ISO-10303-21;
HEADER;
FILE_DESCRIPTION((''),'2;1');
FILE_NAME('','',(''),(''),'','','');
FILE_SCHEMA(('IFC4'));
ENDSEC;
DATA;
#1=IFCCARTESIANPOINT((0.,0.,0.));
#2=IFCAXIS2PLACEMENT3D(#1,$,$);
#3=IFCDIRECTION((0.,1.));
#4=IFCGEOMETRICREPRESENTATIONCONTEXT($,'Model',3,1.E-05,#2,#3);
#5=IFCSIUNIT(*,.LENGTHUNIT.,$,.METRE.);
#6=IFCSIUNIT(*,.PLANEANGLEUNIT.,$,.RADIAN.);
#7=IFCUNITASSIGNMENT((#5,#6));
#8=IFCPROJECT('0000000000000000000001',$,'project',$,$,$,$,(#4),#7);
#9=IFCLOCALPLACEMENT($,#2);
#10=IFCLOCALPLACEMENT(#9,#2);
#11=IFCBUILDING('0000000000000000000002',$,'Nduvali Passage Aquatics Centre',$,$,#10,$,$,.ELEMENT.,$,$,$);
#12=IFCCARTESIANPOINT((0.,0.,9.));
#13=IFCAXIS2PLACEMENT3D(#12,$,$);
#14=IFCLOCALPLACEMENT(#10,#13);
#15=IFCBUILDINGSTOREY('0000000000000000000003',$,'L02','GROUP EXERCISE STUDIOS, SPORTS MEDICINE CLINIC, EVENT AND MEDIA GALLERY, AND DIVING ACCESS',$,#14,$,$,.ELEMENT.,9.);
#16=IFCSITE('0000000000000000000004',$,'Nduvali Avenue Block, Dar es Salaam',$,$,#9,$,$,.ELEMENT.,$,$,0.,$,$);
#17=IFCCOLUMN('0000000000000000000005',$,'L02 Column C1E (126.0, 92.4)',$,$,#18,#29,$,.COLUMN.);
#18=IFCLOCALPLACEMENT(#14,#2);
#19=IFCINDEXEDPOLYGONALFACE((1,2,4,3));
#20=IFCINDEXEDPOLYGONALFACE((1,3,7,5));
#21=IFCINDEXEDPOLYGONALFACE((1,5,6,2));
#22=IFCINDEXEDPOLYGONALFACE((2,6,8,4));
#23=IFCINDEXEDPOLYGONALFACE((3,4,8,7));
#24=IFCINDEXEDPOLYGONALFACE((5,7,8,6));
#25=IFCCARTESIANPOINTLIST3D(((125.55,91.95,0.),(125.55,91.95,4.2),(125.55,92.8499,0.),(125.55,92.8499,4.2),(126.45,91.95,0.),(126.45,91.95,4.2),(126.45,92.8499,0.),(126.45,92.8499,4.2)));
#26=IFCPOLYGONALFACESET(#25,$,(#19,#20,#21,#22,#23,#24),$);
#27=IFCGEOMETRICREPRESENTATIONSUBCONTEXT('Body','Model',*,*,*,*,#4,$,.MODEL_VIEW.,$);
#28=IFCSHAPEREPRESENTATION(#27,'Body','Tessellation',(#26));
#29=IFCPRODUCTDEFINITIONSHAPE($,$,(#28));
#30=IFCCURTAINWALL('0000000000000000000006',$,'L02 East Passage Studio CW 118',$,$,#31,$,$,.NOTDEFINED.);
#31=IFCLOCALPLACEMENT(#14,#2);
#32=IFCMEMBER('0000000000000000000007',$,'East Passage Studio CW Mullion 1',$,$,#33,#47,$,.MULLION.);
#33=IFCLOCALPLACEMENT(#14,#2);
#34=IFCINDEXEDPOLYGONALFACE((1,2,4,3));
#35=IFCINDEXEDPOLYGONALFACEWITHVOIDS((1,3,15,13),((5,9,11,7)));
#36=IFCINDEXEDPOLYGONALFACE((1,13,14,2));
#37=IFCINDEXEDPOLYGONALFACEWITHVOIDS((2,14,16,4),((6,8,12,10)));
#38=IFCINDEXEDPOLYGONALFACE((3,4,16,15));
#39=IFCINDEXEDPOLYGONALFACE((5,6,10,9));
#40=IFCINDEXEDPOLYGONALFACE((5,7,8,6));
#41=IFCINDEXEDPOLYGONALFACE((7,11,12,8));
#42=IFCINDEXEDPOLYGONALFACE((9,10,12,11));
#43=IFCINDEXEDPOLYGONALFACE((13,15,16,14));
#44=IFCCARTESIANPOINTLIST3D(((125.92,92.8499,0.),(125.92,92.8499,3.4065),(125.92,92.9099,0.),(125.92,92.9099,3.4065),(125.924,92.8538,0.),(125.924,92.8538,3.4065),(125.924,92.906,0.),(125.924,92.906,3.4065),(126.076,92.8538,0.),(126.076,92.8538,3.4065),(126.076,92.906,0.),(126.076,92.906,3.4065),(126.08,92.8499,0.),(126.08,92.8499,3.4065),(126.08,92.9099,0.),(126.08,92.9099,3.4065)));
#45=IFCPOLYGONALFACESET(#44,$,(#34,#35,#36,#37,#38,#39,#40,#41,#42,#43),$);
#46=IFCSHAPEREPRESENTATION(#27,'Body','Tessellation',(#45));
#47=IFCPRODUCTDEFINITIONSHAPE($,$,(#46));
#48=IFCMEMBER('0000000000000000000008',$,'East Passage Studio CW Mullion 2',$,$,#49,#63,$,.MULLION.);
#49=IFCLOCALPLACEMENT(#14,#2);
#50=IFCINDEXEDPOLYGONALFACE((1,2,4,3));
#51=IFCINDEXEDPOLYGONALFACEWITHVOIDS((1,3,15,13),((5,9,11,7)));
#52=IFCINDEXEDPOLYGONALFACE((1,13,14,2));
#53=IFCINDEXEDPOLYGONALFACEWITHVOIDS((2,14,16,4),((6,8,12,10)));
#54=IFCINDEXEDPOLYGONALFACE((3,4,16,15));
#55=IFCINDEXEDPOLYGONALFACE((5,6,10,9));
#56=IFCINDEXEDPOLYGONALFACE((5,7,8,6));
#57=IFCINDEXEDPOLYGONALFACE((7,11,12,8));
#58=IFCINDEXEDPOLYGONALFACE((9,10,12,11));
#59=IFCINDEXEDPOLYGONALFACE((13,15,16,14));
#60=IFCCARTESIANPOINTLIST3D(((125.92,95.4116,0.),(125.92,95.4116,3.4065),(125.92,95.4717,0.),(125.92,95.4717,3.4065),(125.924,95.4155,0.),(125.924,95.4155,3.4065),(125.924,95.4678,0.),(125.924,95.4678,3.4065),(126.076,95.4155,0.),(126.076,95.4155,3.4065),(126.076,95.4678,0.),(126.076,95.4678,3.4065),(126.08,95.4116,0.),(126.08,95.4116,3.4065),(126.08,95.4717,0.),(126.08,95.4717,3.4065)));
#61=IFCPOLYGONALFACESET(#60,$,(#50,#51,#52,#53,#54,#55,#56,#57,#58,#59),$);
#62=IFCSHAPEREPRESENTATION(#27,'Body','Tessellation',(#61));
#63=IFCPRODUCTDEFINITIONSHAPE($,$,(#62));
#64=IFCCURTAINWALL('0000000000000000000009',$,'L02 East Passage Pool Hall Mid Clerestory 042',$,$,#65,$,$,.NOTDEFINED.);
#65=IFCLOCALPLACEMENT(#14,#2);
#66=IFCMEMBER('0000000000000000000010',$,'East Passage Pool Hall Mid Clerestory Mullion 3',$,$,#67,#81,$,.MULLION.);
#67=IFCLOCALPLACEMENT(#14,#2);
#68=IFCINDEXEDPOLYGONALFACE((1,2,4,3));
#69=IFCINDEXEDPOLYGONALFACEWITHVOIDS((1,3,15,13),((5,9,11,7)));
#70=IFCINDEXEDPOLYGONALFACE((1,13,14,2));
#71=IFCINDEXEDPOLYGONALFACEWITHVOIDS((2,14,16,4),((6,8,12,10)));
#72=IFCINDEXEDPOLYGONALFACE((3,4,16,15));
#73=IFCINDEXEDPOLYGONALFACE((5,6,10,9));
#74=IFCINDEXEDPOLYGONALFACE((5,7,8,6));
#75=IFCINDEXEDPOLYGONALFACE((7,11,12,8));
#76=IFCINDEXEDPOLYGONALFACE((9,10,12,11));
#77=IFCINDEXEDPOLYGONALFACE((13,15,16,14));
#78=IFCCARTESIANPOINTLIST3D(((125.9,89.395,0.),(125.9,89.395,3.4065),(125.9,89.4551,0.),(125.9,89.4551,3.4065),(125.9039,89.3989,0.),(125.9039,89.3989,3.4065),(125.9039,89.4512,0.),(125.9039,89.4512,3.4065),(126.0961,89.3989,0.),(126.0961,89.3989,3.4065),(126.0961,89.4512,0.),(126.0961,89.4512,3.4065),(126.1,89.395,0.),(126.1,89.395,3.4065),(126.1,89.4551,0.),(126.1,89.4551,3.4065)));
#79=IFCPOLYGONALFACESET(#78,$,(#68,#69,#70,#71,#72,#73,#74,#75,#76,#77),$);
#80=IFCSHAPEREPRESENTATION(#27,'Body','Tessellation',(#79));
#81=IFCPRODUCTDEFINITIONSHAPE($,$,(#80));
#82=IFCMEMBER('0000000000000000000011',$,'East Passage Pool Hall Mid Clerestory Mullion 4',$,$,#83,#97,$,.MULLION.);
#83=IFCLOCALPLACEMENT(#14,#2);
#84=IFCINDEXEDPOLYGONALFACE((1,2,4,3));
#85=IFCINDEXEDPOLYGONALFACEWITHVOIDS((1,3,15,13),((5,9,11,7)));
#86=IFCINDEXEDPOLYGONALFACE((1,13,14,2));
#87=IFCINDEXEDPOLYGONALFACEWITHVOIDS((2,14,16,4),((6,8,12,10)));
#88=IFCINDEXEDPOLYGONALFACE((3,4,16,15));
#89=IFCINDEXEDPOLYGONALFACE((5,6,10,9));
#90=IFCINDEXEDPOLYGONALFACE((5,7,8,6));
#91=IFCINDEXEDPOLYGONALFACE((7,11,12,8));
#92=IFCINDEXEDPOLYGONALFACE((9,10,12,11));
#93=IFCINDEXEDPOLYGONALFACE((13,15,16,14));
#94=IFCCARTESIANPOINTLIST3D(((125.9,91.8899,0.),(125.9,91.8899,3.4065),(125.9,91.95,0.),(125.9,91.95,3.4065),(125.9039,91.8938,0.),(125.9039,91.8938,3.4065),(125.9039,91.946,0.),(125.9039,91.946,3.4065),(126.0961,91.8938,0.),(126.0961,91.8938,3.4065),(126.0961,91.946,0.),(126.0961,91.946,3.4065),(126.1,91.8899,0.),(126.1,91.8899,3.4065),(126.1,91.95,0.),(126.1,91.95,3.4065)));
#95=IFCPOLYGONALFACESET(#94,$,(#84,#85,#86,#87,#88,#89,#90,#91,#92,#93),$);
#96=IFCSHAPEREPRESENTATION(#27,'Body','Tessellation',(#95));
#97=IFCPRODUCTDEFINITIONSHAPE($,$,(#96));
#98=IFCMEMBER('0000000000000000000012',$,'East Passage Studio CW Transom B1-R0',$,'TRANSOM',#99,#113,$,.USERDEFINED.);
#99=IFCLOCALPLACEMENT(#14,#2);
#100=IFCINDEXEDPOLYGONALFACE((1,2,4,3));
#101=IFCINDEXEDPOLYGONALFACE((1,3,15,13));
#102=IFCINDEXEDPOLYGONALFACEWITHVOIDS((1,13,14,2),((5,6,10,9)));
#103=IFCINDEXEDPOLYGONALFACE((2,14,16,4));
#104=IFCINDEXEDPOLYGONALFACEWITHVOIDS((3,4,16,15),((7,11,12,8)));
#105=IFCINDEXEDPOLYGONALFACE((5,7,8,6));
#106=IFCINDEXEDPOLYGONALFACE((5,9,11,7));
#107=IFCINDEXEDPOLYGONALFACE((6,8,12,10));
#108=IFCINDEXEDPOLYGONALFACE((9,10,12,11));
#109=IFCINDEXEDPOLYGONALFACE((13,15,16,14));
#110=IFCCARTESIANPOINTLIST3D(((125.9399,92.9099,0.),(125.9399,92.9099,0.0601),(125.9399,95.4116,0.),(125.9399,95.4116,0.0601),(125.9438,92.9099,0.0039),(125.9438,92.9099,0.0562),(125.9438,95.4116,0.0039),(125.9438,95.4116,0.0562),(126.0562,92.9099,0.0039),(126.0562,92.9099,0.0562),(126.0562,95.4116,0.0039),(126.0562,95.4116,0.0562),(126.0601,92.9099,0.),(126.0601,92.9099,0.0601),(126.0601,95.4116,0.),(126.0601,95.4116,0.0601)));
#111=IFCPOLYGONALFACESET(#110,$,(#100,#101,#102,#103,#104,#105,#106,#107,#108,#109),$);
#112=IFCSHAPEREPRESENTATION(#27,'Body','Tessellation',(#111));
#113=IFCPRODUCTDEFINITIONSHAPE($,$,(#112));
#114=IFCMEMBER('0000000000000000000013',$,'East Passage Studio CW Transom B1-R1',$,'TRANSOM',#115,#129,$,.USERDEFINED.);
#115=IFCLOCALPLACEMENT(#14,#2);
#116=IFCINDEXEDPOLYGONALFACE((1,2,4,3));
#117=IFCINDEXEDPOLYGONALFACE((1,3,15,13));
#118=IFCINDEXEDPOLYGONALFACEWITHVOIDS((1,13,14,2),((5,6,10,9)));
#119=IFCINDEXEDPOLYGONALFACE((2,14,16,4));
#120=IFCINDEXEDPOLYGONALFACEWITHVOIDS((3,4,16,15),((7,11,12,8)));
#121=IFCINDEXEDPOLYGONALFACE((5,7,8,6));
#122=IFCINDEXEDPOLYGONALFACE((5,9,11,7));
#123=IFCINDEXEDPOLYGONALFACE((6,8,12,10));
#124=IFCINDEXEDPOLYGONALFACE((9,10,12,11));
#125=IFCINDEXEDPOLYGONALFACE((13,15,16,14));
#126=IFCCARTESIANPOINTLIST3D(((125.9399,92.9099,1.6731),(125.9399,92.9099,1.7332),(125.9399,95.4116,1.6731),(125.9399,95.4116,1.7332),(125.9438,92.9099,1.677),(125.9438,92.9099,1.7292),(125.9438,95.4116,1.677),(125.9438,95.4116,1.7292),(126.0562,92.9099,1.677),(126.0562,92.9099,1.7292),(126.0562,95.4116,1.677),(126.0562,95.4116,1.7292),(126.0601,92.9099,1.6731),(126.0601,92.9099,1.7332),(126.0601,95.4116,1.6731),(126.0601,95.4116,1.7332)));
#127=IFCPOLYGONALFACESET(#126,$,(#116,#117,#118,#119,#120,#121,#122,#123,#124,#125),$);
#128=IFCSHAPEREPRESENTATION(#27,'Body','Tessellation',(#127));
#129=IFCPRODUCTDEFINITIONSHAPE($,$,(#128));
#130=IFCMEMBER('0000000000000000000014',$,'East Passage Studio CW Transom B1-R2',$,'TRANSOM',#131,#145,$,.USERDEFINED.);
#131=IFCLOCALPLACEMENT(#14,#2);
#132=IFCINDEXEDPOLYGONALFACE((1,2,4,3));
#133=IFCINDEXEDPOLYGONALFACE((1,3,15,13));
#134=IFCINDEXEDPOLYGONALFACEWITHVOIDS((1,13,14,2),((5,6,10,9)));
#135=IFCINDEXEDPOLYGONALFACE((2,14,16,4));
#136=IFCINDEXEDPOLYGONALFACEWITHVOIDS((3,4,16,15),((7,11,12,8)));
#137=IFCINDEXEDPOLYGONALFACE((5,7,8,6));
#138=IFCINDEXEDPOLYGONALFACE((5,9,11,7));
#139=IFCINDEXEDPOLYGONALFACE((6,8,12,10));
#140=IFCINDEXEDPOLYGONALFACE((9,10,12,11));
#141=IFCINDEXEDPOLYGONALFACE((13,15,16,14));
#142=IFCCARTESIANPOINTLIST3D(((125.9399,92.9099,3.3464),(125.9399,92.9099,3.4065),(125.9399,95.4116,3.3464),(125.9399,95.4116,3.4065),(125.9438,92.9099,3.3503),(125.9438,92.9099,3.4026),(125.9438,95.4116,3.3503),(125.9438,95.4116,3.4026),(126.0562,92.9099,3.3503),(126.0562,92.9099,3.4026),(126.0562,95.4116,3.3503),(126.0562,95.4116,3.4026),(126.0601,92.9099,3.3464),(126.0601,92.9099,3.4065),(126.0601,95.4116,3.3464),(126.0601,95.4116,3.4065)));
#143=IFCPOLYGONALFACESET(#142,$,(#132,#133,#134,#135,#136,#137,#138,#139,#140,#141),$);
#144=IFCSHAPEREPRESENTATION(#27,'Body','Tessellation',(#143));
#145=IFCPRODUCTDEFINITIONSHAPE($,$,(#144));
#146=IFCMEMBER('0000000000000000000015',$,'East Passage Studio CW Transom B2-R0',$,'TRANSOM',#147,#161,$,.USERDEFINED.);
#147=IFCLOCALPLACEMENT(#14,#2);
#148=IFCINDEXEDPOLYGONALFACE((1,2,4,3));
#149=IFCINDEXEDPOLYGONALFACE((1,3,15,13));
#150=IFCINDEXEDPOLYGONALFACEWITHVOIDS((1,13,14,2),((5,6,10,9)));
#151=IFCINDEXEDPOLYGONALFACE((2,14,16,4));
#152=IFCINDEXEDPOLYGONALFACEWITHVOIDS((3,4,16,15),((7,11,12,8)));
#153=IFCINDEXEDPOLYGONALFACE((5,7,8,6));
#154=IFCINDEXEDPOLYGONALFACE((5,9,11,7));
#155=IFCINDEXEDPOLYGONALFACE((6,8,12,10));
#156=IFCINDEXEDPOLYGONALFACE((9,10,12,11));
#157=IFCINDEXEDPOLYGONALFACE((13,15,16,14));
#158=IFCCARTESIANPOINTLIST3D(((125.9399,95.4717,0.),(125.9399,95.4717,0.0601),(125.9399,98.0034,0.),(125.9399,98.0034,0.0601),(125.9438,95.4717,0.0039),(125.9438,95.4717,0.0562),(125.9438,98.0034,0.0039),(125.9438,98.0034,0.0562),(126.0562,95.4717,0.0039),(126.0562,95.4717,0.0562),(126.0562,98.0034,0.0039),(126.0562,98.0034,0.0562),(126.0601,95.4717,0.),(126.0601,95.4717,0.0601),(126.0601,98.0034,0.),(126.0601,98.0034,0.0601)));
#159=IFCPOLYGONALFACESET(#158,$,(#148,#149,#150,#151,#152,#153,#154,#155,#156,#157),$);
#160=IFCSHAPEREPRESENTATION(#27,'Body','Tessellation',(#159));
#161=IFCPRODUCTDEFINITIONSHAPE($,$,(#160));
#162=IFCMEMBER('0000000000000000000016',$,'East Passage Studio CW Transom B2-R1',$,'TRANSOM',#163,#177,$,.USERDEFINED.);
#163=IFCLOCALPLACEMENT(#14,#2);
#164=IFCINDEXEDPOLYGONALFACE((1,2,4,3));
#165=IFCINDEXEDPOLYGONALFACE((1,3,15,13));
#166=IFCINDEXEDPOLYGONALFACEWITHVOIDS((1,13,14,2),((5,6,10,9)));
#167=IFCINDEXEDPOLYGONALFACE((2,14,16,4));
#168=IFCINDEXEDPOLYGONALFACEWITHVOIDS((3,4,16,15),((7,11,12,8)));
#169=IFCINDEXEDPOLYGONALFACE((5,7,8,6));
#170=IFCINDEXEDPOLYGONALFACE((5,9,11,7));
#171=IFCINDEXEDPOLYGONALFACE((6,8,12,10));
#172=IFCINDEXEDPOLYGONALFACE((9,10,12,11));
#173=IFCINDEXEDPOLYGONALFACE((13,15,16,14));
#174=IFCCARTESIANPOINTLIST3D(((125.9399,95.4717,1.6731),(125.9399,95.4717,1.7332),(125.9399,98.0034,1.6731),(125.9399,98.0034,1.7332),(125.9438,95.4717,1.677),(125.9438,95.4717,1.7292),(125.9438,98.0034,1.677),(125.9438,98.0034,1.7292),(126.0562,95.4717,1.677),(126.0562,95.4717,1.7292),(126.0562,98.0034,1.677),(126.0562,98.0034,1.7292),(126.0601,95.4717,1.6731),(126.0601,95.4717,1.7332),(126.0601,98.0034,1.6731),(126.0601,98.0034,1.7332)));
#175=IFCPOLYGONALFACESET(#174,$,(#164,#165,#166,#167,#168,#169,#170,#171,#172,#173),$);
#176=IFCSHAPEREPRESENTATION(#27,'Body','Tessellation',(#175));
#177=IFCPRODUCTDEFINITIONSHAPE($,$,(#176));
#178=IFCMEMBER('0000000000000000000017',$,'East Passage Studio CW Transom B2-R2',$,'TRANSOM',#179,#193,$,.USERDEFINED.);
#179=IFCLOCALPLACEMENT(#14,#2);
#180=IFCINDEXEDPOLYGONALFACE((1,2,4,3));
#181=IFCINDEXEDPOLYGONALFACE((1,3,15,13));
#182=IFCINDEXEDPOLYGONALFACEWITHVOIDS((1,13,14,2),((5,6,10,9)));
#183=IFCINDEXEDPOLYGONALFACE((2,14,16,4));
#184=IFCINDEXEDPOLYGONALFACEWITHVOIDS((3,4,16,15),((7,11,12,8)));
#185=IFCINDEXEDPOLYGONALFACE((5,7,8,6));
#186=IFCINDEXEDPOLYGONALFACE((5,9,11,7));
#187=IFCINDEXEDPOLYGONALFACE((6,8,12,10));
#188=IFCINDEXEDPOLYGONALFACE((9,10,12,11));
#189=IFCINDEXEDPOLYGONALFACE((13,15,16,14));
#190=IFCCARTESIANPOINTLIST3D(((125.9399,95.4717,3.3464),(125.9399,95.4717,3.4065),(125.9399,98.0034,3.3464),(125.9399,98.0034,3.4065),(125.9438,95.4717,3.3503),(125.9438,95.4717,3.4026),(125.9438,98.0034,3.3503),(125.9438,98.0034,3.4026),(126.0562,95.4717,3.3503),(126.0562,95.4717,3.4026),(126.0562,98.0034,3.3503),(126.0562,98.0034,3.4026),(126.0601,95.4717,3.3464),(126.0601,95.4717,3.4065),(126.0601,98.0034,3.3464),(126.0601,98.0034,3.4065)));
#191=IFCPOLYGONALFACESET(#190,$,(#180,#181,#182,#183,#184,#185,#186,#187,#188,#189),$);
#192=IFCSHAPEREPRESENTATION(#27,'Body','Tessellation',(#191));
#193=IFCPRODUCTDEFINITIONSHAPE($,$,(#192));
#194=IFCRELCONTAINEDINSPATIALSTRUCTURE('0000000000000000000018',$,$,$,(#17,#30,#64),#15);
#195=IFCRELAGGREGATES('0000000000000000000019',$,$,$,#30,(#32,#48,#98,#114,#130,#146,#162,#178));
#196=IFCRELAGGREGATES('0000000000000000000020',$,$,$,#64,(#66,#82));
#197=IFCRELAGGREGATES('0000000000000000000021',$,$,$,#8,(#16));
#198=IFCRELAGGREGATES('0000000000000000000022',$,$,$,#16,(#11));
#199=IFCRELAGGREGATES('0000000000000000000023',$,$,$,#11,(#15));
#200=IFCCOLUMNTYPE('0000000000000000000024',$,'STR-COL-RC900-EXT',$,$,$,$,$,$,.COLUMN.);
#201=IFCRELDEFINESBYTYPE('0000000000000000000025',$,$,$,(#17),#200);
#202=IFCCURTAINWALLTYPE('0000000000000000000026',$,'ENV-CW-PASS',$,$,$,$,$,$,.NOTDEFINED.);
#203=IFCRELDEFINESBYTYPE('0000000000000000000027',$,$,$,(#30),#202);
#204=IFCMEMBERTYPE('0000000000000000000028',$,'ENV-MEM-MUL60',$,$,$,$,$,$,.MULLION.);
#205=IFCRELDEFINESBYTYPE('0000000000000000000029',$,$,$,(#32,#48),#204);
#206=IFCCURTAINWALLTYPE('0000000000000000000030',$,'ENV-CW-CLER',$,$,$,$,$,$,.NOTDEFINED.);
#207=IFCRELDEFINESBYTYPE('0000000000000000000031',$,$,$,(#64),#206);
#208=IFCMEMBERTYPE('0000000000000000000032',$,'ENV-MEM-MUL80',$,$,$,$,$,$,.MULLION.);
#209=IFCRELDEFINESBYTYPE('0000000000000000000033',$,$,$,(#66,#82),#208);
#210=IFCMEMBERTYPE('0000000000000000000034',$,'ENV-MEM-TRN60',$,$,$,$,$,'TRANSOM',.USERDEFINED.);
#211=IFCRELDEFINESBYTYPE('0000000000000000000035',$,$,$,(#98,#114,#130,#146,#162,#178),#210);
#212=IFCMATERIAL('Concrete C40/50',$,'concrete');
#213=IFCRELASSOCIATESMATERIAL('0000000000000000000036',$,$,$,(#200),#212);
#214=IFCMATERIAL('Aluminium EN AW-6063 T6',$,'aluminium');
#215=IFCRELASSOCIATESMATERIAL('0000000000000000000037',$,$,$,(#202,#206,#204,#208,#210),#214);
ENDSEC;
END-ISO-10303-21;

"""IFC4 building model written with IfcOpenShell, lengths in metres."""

from ifc_helpers import new_model, si_unit, direction, frame, origin, origin_2d, place, context, subcontext, project, spatial, rectangle, hollow_rectangle, extrude, material, material_profile, profile_set, type_object, element, aggregate, save


model = new_model("IFC4")

# Units and contexts
model_context = context("Model", 3, precision=1e-05, world=origin(), true_north=direction((0.0, 1.0)))
body_context = subcontext(model_context, "Body", "Model", "MODEL_VIEW")
ifc_project = project(units=[si_unit("LENGTHUNIT", "METRE"), si_unit("PLANEANGLEUNIT", "RADIAN")], contexts=[model_context])

# Site, building, storey
site_placement = place(None, origin())
site = spatial("IfcSite", under=ifc_project, at=site_placement, Name="Nduvali Avenue Block, Dar es Salaam", CompositionType="ELEMENT", RefElevation=0.0)
building_placement = place(site_placement, origin())
building = spatial("IfcBuilding", under=site, at=building_placement, Name="Nduvali Passage Aquatics Centre", CompositionType="ELEMENT")
storey_placement = place(building_placement, frame((0.0, 0.0, 9.0)))
storey = spatial("IfcBuildingStorey", under=building, at=storey_placement, Name="L02", Description="GROUP EXERCISE STUDIOS, SPORTS MEDICINE CLINIC, EVENT AND MEDIA GALLERY, AND DIVING ACCESS", CompositionType="ELEMENT", Elevation=9.0)

# Column
ifc_material_1 = material(Name="Concrete C40/50", Category="concrete")
ifc_material_profile_1 = material_profile(ifc_material_1, rectangle(XDim=0.8999, YDim=0.8999, at=origin_2d()), Name="RC 900x900")
ifc_profile_set_1 = profile_set([ifc_material_profile_1], Name="Concrete C40/50")
column_type = type_object("IfcColumnType", Name="STR-COL-RC900-EXT", PredefinedType="COLUMN", material=ifc_profile_set_1)
column_placement = place(storey_placement, frame((126.0, 92.3999, 0.0), z_axis=(0.0, 0.0, 1.0), x_axis=(1.0, 0.0, 0.0)))
element("IfcColumn", 1, at=column_placement, inside=storey, type_object=column_type, Name="L02 Column C1E (126.0, 92.4)", PredefinedType="COLUMN", context=body_context, shape_type="SweptSolid", body=[
    extrude(rectangle(XDim=0.8999, YDim=0.8999, at=origin_2d()), origin(), (0.0, 0.0, 1.0), 4.2),
])

# Curtain walls, members
ifc_material_2 = material(Name="Aluminium EN AW-6063 T6", Category="aluminium")
curtain_wall_type_1 = type_object("IfcCurtainWallType", Name="ENV-CW-PASS", PredefinedType="NOTDEFINED", material=ifc_material_2)
curtain_wall_1_placement = place(storey_placement, origin())
curtain_wall_1 = element("IfcCurtainWall", 2, at=curtain_wall_1_placement, inside=storey, type_object=curtain_wall_type_1, Name="L02 East Passage Studio CW 118", PredefinedType="NOTDEFINED")
ifc_material_profile_2 = material_profile(ifc_material_2, hollow_rectangle(XDim=0.0601, YDim=0.1599, WallThickness=0.0039, at=origin_2d()), Name="ALU MULLION 60x160x4")
ifc_profile_set_2 = profile_set([ifc_material_profile_2], Name="Aluminium EN AW-6063 T6")
member_type_1 = type_object("IfcMemberType", Name="ENV-MEM-MUL60", PredefinedType="MULLION", material=ifc_profile_set_2)
member_1_placement = place(storey_placement, frame((126.0, 92.8799, 0.0), z_axis=(0.0, 0.0, 1.0), x_axis=(0.0, 1.0, 0.0)))
member_1 = element("IfcMember", 3, at=member_1_placement, type_object=member_type_1, Name="East Passage Studio CW Mullion 1", PredefinedType="MULLION", context=body_context, shape_type="SweptSolid", body=[
    extrude(hollow_rectangle(XDim=0.0601, YDim=0.1599, WallThickness=0.0039, at=origin_2d()), origin(), (0.0, 0.0, 1.0), 3.4065),
])
member_2_placement = place(storey_placement, frame((126.0, 95.4417, 0.0), z_axis=(0.0, 0.0, 1.0), x_axis=(0.0, 1.0, 0.0)))
member_2 = element("IfcMember", 4, at=member_2_placement, type_object=member_type_1, Name="East Passage Studio CW Mullion 2", PredefinedType="MULLION", context=body_context, shape_type="SweptSolid", body=[
    extrude(hollow_rectangle(XDim=0.0601, YDim=0.1599, WallThickness=0.0039, at=origin_2d()), origin(), (0.0, 0.0, 1.0), 3.4065),
])
curtain_wall_type_2 = type_object("IfcCurtainWallType", Name="ENV-CW-CLER", PredefinedType="NOTDEFINED", material=ifc_material_2)
curtain_wall_2_placement = place(storey_placement, origin())
curtain_wall_2 = element("IfcCurtainWall", 5, at=curtain_wall_2_placement, inside=storey, type_object=curtain_wall_type_2, Name="L02 East Passage Pool Hall Mid Clerestory 042", PredefinedType="NOTDEFINED")
ifc_material_profile_3 = material_profile(ifc_material_2, hollow_rectangle(XDim=0.0601, YDim=0.2, WallThickness=0.0039, at=origin_2d()), Name="ALU MULLION 60x200x4")
ifc_profile_set_3 = profile_set([ifc_material_profile_3], Name="Aluminium EN AW-6063 T6")
member_type_2 = type_object("IfcMemberType", Name="ENV-MEM-MUL80", PredefinedType="MULLION", material=ifc_profile_set_3)
member_3_placement = place(storey_placement, frame((126.0, 89.425, 0.0), z_axis=(0.0, 0.0, 1.0), x_axis=(0.0, 1.0, 0.0)))
member_3 = element("IfcMember", 6, at=member_3_placement, type_object=member_type_2, Name="East Passage Pool Hall Mid Clerestory Mullion 3", PredefinedType="MULLION", context=body_context, shape_type="SweptSolid", body=[
    extrude(hollow_rectangle(XDim=0.0601, YDim=0.2, WallThickness=0.0039, at=origin_2d()), origin(), (0.0, 0.0, 1.0), 3.4065),
])
member_4_placement = place(storey_placement, frame((126.0, 91.9199, 0.0), z_axis=(0.0, 0.0, 1.0), x_axis=(0.0, 1.0, 0.0)))
member_4 = element("IfcMember", 7, at=member_4_placement, type_object=member_type_2, Name="East Passage Pool Hall Mid Clerestory Mullion 4", PredefinedType="MULLION", context=body_context, shape_type="SweptSolid", body=[
    extrude(hollow_rectangle(XDim=0.0601, YDim=0.2, WallThickness=0.0039, at=origin_2d()), origin(), (0.0, 0.0, 1.0), 3.4065),
])

# Members
ifc_material_profile_4 = material_profile(ifc_material_2, hollow_rectangle(XDim=0.1201, YDim=0.0601, WallThickness=0.0039, at=origin_2d()), Name="ALU TRANSOM 120x60x4")
ifc_profile_set_4 = profile_set([ifc_material_profile_4], Name="Aluminium EN AW-6063 T6")
member_type_3 = type_object("IfcMemberType", Name="ENV-MEM-TRN60", ElementType="TRANSOM", PredefinedType="USERDEFINED", material=ifc_profile_set_4)
member_5_placement = place(storey_placement, frame((126.0, 92.9099, 0.03), z_axis=(0.0, 1.0, 0.0), x_axis=(-1.0, 0.0, 0.0)))
member_5 = element("IfcMember", 8, at=member_5_placement, type_object=member_type_3, Name="East Passage Studio CW Transom B1-R0", ObjectType="TRANSOM", PredefinedType="USERDEFINED", context=body_context, shape_type="SweptSolid", body=[
    extrude(hollow_rectangle(XDim=0.1201, YDim=0.0601, WallThickness=0.0039, at=origin_2d()), origin(), (0.0, 0.0, 1.0), 2.5017),
])
member_6_placement = place(storey_placement, frame((126.0, 92.9099, 1.7031), z_axis=(0.0, 1.0, 0.0), x_axis=(-1.0, 0.0, 0.0)))
member_6 = element("IfcMember", 9, at=member_6_placement, type_object=member_type_3, Name="East Passage Studio CW Transom B1-R1", ObjectType="TRANSOM", PredefinedType="USERDEFINED", context=body_context, shape_type="SweptSolid", body=[
    extrude(hollow_rectangle(XDim=0.1201, YDim=0.0601, WallThickness=0.0039, at=origin_2d()), origin(), (0.0, 0.0, 1.0), 2.5017),
])
member_7_placement = place(storey_placement, frame((126.0, 92.9099, 3.3765), z_axis=(0.0, 1.0, 0.0), x_axis=(-1.0, 0.0, 0.0)))
member_7 = element("IfcMember", 10, at=member_7_placement, type_object=member_type_3, Name="East Passage Studio CW Transom B1-R2", ObjectType="TRANSOM", PredefinedType="USERDEFINED", context=body_context, shape_type="SweptSolid", body=[
    extrude(hollow_rectangle(XDim=0.1201, YDim=0.0601, WallThickness=0.0039, at=origin_2d()), origin(), (0.0, 0.0, 1.0), 2.5017),
])
member_8_placement = place(storey_placement, frame((126.0, 95.4717, 0.03), z_axis=(0.0, 1.0, 0.0), x_axis=(-1.0, 0.0, 0.0)))
member_8 = element("IfcMember", 11, at=member_8_placement, type_object=member_type_3, Name="East Passage Studio CW Transom B2-R0", ObjectType="TRANSOM", PredefinedType="USERDEFINED", context=body_context, shape_type="SweptSolid", body=[
    extrude(hollow_rectangle(XDim=0.1201, YDim=0.0601, WallThickness=0.0039, at=origin_2d()), origin(), (0.0, 0.0, 1.0), 2.5317),
])
member_9_placement = place(storey_placement, frame((126.0, 95.4717, 1.7031), z_axis=(0.0, 1.0, 0.0), x_axis=(-1.0, 0.0, 0.0)))
member_9 = element("IfcMember", 12, at=member_9_placement, type_object=member_type_3, Name="East Passage Studio CW Transom B2-R1", ObjectType="TRANSOM", PredefinedType="USERDEFINED", context=body_context, shape_type="SweptSolid", body=[
    extrude(hollow_rectangle(XDim=0.1201, YDim=0.0601, WallThickness=0.0039, at=origin_2d()), origin(), (0.0, 0.0, 1.0), 2.5317),
])
member_10_placement = place(storey_placement, frame((126.0, 95.4717, 3.3765), z_axis=(0.0, 1.0, 0.0), x_axis=(-1.0, 0.0, 0.0)))
member_10 = element("IfcMember", 13, at=member_10_placement, type_object=member_type_3, Name="East Passage Studio CW Transom B2-R2", ObjectType="TRANSOM", PredefinedType="USERDEFINED", context=body_context, shape_type="SweptSolid", body=[
    extrude(hollow_rectangle(XDim=0.1201, YDim=0.0601, WallThickness=0.0039, at=origin_2d()), origin(), (0.0, 0.0, 1.0), 2.5317),
])

aggregate(curtain_wall_1, [member_1, member_2, member_5, member_6, member_7, member_8, member_9, member_10])
aggregate(curtain_wall_2, [member_3, member_4])

save(model, "model.ifc")
